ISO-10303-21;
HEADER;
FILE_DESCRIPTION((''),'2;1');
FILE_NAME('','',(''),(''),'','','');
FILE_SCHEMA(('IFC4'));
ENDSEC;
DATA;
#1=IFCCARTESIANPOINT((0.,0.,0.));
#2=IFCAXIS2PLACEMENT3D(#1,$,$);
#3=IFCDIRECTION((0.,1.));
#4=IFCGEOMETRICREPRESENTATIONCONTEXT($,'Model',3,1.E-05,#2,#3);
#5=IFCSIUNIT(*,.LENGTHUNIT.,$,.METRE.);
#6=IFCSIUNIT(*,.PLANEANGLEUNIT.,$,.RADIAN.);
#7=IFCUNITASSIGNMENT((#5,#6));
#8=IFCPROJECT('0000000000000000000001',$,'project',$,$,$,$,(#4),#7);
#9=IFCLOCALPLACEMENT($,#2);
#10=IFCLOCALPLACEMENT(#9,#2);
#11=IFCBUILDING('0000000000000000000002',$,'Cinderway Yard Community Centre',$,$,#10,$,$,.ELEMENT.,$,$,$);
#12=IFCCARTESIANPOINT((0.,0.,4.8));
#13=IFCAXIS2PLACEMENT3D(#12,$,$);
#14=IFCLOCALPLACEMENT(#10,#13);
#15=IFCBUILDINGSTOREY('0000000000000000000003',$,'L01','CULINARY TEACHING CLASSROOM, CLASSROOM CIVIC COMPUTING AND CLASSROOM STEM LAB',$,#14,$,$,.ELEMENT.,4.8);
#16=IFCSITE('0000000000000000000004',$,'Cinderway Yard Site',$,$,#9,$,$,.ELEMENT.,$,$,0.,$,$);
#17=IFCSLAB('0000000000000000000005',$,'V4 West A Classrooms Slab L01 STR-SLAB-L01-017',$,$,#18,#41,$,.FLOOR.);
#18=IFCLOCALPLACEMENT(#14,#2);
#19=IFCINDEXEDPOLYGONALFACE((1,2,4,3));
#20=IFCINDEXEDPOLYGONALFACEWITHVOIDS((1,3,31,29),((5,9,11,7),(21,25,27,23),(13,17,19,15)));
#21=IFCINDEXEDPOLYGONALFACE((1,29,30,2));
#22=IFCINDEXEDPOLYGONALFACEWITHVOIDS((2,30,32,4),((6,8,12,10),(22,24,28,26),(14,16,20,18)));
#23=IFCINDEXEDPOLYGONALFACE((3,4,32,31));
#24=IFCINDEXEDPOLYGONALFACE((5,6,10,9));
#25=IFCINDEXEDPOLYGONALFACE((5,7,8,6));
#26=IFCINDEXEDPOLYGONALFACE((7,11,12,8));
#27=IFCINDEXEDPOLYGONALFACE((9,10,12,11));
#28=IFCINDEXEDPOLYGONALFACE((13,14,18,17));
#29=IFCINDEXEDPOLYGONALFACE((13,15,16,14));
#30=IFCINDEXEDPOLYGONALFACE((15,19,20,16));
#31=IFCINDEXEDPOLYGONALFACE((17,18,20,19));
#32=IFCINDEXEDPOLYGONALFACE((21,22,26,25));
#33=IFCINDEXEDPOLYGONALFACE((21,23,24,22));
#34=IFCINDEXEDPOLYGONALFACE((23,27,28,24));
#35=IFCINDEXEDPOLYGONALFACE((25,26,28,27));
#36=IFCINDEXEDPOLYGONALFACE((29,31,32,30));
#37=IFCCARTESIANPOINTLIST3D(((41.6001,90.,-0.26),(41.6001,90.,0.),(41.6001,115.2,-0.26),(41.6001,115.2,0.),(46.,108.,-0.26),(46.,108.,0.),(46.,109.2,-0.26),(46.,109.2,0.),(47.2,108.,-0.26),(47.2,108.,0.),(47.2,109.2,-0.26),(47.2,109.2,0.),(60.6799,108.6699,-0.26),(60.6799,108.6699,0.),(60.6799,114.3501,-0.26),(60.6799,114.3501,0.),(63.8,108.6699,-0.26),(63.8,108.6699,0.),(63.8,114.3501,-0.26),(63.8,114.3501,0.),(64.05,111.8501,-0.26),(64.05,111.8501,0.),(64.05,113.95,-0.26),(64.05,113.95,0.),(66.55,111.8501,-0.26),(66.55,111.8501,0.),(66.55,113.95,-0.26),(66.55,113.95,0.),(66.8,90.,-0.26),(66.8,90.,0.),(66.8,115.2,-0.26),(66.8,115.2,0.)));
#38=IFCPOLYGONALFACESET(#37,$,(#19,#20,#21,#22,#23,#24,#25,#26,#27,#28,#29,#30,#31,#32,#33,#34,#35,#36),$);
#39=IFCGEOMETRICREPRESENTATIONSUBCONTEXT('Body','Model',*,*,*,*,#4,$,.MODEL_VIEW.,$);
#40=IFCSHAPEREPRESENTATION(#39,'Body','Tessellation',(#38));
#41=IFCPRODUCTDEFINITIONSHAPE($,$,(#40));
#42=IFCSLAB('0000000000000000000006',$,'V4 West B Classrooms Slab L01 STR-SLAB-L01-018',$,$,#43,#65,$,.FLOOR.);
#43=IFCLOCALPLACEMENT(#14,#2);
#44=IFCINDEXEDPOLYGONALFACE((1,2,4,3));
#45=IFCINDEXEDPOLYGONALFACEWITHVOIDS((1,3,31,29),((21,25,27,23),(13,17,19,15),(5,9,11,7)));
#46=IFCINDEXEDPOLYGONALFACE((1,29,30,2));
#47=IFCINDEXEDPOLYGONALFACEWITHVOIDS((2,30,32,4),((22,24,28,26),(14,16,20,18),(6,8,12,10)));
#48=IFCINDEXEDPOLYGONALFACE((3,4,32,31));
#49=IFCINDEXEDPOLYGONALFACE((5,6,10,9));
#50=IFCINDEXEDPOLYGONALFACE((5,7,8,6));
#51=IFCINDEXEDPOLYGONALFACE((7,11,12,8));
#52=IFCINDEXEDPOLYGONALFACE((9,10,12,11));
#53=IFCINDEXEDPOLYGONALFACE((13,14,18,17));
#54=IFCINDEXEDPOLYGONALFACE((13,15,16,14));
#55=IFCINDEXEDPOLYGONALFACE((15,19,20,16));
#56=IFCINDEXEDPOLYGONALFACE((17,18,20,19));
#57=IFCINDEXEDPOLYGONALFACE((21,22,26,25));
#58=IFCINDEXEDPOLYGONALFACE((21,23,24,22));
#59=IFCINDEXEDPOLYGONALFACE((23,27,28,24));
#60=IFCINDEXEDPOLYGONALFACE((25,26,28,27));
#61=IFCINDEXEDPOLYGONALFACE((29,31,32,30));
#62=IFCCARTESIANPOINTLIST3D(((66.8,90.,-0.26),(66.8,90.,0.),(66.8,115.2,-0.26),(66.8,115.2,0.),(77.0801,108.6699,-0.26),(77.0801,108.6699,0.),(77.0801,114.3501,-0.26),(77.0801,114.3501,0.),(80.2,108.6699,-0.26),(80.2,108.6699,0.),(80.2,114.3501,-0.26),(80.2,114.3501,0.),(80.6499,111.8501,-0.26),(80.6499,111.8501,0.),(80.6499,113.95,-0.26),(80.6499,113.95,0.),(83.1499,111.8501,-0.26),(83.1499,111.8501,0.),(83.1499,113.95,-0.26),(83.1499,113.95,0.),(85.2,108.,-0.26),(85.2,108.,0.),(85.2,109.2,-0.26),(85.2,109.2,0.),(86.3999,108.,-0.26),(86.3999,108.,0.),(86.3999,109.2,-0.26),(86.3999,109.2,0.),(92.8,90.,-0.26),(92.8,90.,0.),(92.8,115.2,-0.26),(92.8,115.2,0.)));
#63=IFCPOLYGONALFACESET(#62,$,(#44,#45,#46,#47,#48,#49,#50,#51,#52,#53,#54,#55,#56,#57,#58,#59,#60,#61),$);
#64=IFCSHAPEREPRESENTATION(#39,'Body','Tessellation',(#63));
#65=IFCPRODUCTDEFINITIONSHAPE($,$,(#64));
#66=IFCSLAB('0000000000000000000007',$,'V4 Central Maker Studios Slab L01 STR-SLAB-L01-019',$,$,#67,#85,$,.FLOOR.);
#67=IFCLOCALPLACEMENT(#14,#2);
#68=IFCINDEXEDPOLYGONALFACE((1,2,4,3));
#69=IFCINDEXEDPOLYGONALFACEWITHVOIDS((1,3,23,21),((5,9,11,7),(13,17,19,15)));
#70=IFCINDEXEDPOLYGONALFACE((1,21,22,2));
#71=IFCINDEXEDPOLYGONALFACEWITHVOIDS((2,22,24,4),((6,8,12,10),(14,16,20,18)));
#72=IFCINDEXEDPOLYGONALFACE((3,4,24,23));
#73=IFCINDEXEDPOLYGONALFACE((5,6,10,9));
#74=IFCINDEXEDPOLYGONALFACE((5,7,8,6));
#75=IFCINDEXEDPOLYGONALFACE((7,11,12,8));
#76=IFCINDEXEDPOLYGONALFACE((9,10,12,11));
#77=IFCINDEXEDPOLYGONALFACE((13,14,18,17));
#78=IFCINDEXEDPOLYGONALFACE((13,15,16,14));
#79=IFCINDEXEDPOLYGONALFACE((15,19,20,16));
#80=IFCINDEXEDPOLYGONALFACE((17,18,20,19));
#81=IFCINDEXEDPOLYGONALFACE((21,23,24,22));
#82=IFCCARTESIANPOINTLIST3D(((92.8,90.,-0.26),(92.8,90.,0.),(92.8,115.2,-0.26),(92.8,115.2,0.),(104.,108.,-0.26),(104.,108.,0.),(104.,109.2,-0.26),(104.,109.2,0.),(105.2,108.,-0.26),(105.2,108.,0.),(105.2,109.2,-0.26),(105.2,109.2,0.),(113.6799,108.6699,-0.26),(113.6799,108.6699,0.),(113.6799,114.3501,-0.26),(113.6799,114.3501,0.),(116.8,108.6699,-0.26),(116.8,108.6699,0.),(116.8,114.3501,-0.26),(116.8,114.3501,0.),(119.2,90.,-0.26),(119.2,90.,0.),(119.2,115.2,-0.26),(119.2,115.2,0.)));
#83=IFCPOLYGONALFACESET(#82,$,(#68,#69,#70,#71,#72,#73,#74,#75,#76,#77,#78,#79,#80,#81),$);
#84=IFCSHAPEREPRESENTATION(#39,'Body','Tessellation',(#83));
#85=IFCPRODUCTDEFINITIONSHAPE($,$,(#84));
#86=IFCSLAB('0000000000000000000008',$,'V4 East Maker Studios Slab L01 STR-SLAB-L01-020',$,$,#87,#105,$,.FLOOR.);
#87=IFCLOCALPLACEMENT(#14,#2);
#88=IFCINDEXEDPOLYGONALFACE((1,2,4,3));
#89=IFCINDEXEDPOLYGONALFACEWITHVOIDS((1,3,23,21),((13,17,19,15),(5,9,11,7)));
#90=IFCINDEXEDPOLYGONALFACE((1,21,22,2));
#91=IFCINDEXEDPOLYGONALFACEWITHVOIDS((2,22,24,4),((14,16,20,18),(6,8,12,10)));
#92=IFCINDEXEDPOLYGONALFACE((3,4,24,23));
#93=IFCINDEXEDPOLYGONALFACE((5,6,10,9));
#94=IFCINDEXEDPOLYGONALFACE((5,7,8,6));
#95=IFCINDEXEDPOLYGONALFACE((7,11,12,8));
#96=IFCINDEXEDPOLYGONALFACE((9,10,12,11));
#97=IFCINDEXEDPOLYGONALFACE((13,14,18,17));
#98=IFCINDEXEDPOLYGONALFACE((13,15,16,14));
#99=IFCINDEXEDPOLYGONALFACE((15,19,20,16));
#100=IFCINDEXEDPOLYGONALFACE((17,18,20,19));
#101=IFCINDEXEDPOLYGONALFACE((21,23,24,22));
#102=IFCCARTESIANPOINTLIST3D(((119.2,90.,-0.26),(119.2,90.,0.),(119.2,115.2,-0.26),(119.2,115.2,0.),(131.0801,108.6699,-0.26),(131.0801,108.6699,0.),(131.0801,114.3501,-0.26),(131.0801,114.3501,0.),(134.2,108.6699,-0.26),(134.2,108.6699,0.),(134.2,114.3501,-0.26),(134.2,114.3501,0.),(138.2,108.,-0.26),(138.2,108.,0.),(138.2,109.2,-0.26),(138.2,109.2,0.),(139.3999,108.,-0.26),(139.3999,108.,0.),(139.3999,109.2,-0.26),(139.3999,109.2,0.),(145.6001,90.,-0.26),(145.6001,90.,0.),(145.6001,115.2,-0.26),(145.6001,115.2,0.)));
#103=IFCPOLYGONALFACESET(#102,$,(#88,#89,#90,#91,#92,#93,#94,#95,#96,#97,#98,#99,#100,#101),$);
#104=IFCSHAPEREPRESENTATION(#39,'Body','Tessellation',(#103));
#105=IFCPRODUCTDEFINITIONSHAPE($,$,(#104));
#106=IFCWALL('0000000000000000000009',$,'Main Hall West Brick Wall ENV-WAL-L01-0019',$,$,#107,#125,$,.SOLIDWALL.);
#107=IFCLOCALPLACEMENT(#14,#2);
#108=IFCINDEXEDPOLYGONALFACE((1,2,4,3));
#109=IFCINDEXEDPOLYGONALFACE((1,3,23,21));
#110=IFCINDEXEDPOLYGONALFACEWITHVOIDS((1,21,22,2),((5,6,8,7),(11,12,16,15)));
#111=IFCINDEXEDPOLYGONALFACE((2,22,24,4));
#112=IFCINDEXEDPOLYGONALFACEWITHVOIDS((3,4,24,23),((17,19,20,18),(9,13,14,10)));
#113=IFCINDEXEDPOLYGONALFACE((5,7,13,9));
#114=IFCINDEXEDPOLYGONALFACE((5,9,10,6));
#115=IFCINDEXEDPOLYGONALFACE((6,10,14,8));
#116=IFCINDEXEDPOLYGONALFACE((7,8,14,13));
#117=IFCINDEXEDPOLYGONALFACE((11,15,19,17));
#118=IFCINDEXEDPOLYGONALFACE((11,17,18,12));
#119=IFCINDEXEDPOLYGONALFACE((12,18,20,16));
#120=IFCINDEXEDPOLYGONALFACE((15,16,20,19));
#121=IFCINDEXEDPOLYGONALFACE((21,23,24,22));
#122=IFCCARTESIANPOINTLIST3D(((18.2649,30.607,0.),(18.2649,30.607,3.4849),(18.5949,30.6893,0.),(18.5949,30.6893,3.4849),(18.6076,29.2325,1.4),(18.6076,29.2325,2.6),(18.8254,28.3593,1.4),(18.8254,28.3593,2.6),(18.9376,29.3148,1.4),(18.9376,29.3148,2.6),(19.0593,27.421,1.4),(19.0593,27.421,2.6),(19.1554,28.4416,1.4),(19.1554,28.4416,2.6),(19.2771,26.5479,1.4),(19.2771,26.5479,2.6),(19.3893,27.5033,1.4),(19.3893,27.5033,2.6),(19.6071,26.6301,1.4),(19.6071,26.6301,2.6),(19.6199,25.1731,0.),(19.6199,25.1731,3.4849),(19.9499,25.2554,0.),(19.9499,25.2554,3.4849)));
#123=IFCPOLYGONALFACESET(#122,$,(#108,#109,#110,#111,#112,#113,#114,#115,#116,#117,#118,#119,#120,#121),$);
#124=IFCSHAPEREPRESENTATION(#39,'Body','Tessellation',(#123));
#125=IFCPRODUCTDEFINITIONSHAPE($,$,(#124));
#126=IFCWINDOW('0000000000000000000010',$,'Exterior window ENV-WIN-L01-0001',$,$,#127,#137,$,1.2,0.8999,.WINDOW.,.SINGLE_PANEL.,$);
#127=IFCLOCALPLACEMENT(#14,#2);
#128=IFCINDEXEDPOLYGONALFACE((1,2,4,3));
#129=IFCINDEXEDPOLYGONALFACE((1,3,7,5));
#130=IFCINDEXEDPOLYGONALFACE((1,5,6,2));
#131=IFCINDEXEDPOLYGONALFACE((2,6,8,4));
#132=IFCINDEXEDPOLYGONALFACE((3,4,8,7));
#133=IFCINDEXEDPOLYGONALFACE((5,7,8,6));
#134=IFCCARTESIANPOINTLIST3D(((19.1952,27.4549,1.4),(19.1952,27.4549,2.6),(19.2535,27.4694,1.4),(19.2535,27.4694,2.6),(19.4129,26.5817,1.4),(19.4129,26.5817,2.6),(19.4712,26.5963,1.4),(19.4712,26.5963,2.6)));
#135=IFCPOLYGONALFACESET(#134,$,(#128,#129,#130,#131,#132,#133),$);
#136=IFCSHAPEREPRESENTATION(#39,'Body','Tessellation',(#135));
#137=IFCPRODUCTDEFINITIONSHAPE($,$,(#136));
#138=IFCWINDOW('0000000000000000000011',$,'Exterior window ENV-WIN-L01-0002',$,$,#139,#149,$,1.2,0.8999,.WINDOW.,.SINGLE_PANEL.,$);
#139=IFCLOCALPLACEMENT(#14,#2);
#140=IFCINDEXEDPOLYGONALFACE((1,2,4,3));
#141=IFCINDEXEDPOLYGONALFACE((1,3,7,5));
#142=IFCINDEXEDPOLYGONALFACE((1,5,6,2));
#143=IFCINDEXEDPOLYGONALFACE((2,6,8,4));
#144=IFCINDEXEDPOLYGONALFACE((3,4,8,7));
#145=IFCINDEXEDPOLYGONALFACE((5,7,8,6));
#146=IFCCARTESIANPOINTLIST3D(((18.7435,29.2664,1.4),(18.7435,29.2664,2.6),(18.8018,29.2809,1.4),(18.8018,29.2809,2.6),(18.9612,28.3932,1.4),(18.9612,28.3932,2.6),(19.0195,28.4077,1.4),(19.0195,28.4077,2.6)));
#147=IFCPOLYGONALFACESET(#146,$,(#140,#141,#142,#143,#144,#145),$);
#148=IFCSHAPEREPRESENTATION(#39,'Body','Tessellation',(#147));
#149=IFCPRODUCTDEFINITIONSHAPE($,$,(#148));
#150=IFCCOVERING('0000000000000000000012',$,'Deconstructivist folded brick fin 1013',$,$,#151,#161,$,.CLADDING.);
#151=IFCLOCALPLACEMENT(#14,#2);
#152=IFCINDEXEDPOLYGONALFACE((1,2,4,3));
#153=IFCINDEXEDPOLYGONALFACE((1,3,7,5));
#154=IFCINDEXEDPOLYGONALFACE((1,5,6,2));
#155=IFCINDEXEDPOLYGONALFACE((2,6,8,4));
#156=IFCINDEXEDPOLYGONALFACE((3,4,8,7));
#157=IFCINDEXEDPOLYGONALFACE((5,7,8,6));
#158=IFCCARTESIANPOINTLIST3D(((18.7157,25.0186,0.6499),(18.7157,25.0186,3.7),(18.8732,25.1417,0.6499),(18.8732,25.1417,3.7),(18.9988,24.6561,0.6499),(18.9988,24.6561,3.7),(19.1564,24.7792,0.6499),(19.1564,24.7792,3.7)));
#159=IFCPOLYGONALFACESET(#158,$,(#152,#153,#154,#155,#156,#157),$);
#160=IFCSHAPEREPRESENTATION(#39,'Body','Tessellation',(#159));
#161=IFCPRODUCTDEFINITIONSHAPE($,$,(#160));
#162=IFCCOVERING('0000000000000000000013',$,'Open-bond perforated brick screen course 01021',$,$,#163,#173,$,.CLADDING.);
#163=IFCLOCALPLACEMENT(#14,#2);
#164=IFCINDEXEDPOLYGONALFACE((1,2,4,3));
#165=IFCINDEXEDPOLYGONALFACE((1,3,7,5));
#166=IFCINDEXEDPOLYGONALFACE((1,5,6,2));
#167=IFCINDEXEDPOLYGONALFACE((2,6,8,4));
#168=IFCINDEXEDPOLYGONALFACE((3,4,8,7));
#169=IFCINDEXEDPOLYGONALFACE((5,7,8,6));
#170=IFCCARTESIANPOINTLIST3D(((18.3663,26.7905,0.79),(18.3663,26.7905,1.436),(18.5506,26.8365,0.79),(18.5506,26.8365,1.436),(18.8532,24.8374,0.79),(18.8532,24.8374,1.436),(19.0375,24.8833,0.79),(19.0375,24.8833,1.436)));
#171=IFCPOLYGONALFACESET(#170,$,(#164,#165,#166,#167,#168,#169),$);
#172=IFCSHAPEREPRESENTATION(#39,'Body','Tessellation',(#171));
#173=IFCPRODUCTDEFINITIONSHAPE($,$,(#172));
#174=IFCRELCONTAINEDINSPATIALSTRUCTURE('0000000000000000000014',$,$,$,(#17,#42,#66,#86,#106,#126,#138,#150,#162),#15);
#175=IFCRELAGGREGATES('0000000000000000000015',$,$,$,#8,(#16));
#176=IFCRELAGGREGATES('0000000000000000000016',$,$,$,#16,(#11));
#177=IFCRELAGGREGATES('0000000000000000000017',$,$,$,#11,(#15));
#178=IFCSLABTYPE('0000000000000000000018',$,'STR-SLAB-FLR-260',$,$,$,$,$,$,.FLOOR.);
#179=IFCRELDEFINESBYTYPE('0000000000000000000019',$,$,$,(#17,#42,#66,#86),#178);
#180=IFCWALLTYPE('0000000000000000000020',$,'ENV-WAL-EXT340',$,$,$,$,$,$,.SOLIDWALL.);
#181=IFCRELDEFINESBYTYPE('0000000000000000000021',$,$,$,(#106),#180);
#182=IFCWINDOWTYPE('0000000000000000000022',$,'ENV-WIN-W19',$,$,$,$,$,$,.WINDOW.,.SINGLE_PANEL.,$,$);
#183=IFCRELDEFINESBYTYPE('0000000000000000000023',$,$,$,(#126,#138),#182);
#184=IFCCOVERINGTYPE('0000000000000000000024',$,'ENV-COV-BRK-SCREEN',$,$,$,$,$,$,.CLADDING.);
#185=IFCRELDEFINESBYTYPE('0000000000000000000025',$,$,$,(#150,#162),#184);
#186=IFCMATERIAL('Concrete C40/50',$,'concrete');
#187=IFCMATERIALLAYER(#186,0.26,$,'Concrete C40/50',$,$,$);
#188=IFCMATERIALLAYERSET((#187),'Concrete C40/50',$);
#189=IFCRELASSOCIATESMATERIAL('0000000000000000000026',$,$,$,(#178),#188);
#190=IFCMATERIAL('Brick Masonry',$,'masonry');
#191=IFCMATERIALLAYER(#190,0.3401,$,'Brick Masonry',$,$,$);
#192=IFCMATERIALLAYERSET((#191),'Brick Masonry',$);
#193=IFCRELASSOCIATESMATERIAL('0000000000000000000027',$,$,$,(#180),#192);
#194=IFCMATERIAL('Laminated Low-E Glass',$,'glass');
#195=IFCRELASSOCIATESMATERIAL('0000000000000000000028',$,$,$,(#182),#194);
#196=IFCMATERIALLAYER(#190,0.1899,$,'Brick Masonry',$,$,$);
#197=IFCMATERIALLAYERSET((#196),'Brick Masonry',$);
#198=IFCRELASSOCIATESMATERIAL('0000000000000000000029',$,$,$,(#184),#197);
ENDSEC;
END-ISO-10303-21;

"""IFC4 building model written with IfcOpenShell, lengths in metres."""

from ifc_helpers import new_model, si_unit, direction, frame, frame_2d, origin, origin_2d, place, context, subcontext, project, spatial, polyline, rectangle, outline, extrude, material, layer, layer_set, type_object, element, fill, save


model = new_model("IFC4")

# Units and contexts
model_context = context("Model", 3, precision=1e-05, world=origin(), true_north=direction((0.0, 1.0)))
body_context = subcontext(model_context, "Body", "Model", "MODEL_VIEW")
ifc_project = project(units=[si_unit("LENGTHUNIT", "METRE"), si_unit("PLANEANGLEUNIT", "RADIAN")], contexts=[model_context])

# Site, building, storey
site_placement = place(None, origin())
site = spatial("IfcSite", under=ifc_project, at=site_placement, Name="Cinderway Yard Site", CompositionType="ELEMENT", RefElevation=0.0)
building_placement = place(site_placement, origin())
building = spatial("IfcBuilding", under=site, at=building_placement, Name="Cinderway Yard Community Centre", CompositionType="ELEMENT")
storey_placement = place(building_placement, frame((0.0, 0.0, 4.8)))
storey = spatial("IfcBuildingStorey", under=building, at=storey_placement, Name="L01", Description="CULINARY TEACHING CLASSROOM, CLASSROOM CIVIC COMPUTING AND CLASSROOM STEM LAB", CompositionType="ELEMENT", Elevation=4.8)

# Shared definitions
ifc_material_1 = material(Name="Concrete C40/50", Category="concrete")

# Slabs
ifc_layer_1 = layer(ifc_material_1, 0.26, Name="Concrete C40/50")
ifc_layer_set_1 = layer_set([ifc_layer_1], Name="Concrete C40/50")
slab_type_1 = type_object("IfcSlabType", Name="STR-SLAB-FLR-260", PredefinedType="FLOOR", material=ifc_layer_set_1)
slab_1_placement = place(storey_placement, frame((0.0, 0.0, -0.26)))
element("IfcSlab", 1, at=slab_1_placement, inside=storey, type_object=slab_type_1, Name="V4 West A Classrooms Slab L01 STR-SLAB-L01-017", PredefinedType="FLOOR", context=body_context, shape_type="SweptSolid", body=[
    extrude(outline(polyline([(41.6001, 90.0), (66.8, 90.0), (66.8, 115.2), (41.6001, 115.2), (41.6001, 90.0)]), holes=[polyline([(63.8, 108.6699), (63.8, 114.3501), (60.6799, 114.3501), (60.6799, 108.6699), (63.8, 108.6699)]), polyline([(64.05, 111.8501), (66.55, 111.8501), (66.55, 113.95), (64.05, 113.95), (64.05, 111.8501)]), polyline([(46.0, 108.0), (47.2, 108.0), (47.2, 109.2), (46.0, 109.2), (46.0, 108.0)])]), origin(), (0.0, 0.0, 1.0), 0.26),
])
slab_2_placement = place(storey_placement, frame((0.0, 0.0, -0.26)))
element("IfcSlab", 2, at=slab_2_placement, inside=storey, type_object=slab_type_1, Name="V4 West B Classrooms Slab L01 STR-SLAB-L01-018", PredefinedType="FLOOR", context=body_context, shape_type="SweptSolid", body=[
    extrude(outline(polyline([(66.8, 90.0), (92.8, 90.0), (92.8, 115.2), (66.8, 115.2), (66.8, 90.0)]), holes=[polyline([(80.2, 108.6699), (80.2, 114.3501), (77.0801, 114.3501), (77.0801, 108.6699), (80.2, 108.6699)]), polyline([(80.6499, 111.8501), (83.1499, 111.8501), (83.1499, 113.95), (80.6499, 113.95), (80.6499, 111.8501)]), polyline([(85.2, 108.0), (86.3999, 108.0), (86.3999, 109.2), (85.2, 109.2), (85.2, 108.0)])]), origin(), (0.0, 0.0, 1.0), 0.26),
])
slab_3_placement = place(storey_placement, frame((0.0, 0.0, -0.26)))
element("IfcSlab", 3, at=slab_3_placement, inside=storey, type_object=slab_type_1, Name="V4 Central Maker Studios Slab L01 STR-SLAB-L01-019", PredefinedType="FLOOR", context=body_context, shape_type="SweptSolid", body=[
    extrude(outline(polyline([(92.8, 90.0), (119.2, 90.0), (119.2, 115.2), (92.8, 115.2), (92.8, 90.0)]), holes=[polyline([(116.8, 108.6699), (116.8, 114.3501), (113.6799, 114.3501), (113.6799, 108.6699), (116.8, 108.6699)]), polyline([(104.0, 108.0), (105.2, 108.0), (105.2, 109.2), (104.0, 109.2), (104.0, 108.0)])]), origin(), (0.0, 0.0, 1.0), 0.26),
])
slab_4_placement = place(storey_placement, frame((0.0, 0.0, -0.26)))
element("IfcSlab", 4, at=slab_4_placement, inside=storey, type_object=slab_type_1, Name="V4 East Maker Studios Slab L01 STR-SLAB-L01-020", PredefinedType="FLOOR", context=body_context, shape_type="SweptSolid", body=[
    extrude(outline(polyline([(119.2, 90.0), (145.6001, 90.0), (145.6001, 115.2), (119.2, 115.2), (119.2, 90.0)]), holes=[polyline([(134.2, 108.6699), (134.2, 114.3501), (131.0801, 114.3501), (131.0801, 108.6699), (134.2, 108.6699)]), polyline([(138.2, 108.0), (139.3999, 108.0), (139.3999, 109.2), (138.2, 109.2), (138.2, 108.0)])]), origin(), (0.0, 0.0, 1.0), 0.26),
])

# Wall, openings, windows
ifc_material_2 = material(Name="Brick Masonry", Category="masonry")
ifc_layer_2 = layer(ifc_material_2, 0.3401, Name="Brick Masonry")
ifc_layer_set_2 = layer_set([ifc_layer_2], Name="Brick Masonry")
wall_type = type_object("IfcWallType", Name="ENV-WAL-EXT340", PredefinedType="SOLIDWALL", material=ifc_layer_set_2)
wall_placement = place(storey_placement, frame((19.7849, 25.2141, 0.0), z_axis=(0.0, 0.0, 1.0), x_axis=(-0.241951, 0.970288, 0.0)))
wall = element("IfcWall", 5, at=wall_placement, inside=storey, type_object=wall_type, Name="Main Hall West Brick Wall ENV-WAL-L01-0019", PredefinedType="SOLIDWALL", context=body_context, shape_type="SweptSolid", body=[
    extrude(rectangle(XDim=5.6003, YDim=0.3401, at=frame_2d((2.8003, 0.0))), origin(), (0.0, 0.0, 1.0), 3.4849),
])
opening_1_placement = place(wall_placement, frame((1.417, 0.0, 1.3999)))
opening_1 = element("IfcOpeningElement", 6, at=opening_1_placement, cuts=wall, PredefinedType="OPENING", context=body_context, shape_type="SweptSolid", body=[
    extrude(rectangle(XDim=0.8999, YDim=1.2, at=frame_2d((0.45, 0.6001))), frame((0.0, 0.1799, 0.0), z_axis=(0.0, -1.0, 0.0), x_axis=(1.0, 0.0, 0.0)), (0.0, 0.0, 1.0), 0.3601),
])
opening_2_placement = place(wall_placement, frame((3.2839, 0.0, 1.3999)))
opening_2 = element("IfcOpeningElement", 7, at=opening_2_placement, cuts=wall, PredefinedType="OPENING", context=body_context, shape_type="SweptSolid", body=[
    extrude(rectangle(XDim=0.8999, YDim=1.2, at=frame_2d((0.45, 0.6001))), frame((0.0, 0.1799, 0.0), z_axis=(0.0, -1.0, 0.0), x_axis=(1.0, 0.0, 0.0)), (0.0, 0.0, 1.0), 0.3601),
])
ifc_material_3 = material(Name="Laminated Low-E Glass", Category="glass")
window_type = type_object("IfcWindowType", Name="ENV-WIN-W19", PartitioningType="SINGLE_PANEL", PredefinedType="WINDOW", material=ifc_material_3)
window_1_placement = place(opening_1_placement, origin())
window_1 = element("IfcWindow", 8, at=window_1_placement, inside=storey, type_object=window_type, Name="Exterior window ENV-WIN-L01-0001", OverallHeight=1.2, OverallWidth=0.8999, PartitioningType="SINGLE_PANEL", PredefinedType="WINDOW", context=body_context, shape_type="SweptSolid", body=[
    extrude(rectangle(XDim=0.8999, YDim=1.2, at=frame_2d((0.45, 0.6001))), frame((0.0, 0.03, 0.0), z_axis=(0.0, -1.0, 0.0), x_axis=(1.0, 0.0, 0.0)), (0.0, 0.0, 1.0), 0.0601),
])
fill(opening_1, window_1)
window_2_placement = place(opening_2_placement, origin())
window_2 = element("IfcWindow", 9, at=window_2_placement, inside=storey, type_object=window_type, Name="Exterior window ENV-WIN-L01-0002", OverallHeight=1.2, OverallWidth=0.8999, PartitioningType="SINGLE_PANEL", PredefinedType="WINDOW", context=body_context, shape_type="SweptSolid", body=[
    extrude(rectangle(XDim=0.8999, YDim=1.2, at=frame_2d((0.45, 0.6001))), frame((0.0, 0.03, 0.0), z_axis=(0.0, -1.0, 0.0), x_axis=(1.0, 0.0, 0.0)), (0.0, 0.0, 1.0), 0.0601),
])
fill(opening_2, window_2)

# Coverings
ifc_layer_3 = layer(ifc_material_2, 0.1899, Name="Brick Masonry")
ifc_layer_set_3 = layer_set([ifc_layer_3], Name="Brick Masonry")
covering_type = type_object("IfcCoveringType", Name="ENV-COV-BRK-SCREEN", PredefinedType="CLADDING", material=ifc_layer_set_3)
covering_1_placement = place(storey_placement, frame((18.936, 24.8989, 0.6499), z_axis=(0.0, 0.0, 1.0), x_axis=(-0.615661, 0.788011, 0.0)))
element("IfcCovering", 10, at=covering_1_placement, inside=storey, type_object=covering_type, Name="Deconstructivist folded brick fin 1013", PredefinedType="CLADDING", context=body_context, shape_type="SweptSolid", body=[
    extrude(rectangle(XDim=0.46, YDim=0.2, at=origin_2d()), origin(), (0.0, 0.0, 1.0), 3.05),
])
covering_2_placement = place(storey_placement, frame((18.7019, 25.8369, 0.79), z_axis=(0.0, 0.0, 1.0), x_axis=(-0.241922, 0.970296, 0.0)))
element("IfcCovering", 11, at=covering_2_placement, inside=storey, type_object=covering_type, Name="Open-bond perforated brick screen course 01021", PredefinedType="CLADDING", context=body_context, shape_type="SweptSolid", body=[
    extrude(rectangle(XDim=2.0129, YDim=0.1899, at=origin_2d()), origin(), (0.0, 0.0, 1.0), 0.646),
])

save(model, "model.ifc")
